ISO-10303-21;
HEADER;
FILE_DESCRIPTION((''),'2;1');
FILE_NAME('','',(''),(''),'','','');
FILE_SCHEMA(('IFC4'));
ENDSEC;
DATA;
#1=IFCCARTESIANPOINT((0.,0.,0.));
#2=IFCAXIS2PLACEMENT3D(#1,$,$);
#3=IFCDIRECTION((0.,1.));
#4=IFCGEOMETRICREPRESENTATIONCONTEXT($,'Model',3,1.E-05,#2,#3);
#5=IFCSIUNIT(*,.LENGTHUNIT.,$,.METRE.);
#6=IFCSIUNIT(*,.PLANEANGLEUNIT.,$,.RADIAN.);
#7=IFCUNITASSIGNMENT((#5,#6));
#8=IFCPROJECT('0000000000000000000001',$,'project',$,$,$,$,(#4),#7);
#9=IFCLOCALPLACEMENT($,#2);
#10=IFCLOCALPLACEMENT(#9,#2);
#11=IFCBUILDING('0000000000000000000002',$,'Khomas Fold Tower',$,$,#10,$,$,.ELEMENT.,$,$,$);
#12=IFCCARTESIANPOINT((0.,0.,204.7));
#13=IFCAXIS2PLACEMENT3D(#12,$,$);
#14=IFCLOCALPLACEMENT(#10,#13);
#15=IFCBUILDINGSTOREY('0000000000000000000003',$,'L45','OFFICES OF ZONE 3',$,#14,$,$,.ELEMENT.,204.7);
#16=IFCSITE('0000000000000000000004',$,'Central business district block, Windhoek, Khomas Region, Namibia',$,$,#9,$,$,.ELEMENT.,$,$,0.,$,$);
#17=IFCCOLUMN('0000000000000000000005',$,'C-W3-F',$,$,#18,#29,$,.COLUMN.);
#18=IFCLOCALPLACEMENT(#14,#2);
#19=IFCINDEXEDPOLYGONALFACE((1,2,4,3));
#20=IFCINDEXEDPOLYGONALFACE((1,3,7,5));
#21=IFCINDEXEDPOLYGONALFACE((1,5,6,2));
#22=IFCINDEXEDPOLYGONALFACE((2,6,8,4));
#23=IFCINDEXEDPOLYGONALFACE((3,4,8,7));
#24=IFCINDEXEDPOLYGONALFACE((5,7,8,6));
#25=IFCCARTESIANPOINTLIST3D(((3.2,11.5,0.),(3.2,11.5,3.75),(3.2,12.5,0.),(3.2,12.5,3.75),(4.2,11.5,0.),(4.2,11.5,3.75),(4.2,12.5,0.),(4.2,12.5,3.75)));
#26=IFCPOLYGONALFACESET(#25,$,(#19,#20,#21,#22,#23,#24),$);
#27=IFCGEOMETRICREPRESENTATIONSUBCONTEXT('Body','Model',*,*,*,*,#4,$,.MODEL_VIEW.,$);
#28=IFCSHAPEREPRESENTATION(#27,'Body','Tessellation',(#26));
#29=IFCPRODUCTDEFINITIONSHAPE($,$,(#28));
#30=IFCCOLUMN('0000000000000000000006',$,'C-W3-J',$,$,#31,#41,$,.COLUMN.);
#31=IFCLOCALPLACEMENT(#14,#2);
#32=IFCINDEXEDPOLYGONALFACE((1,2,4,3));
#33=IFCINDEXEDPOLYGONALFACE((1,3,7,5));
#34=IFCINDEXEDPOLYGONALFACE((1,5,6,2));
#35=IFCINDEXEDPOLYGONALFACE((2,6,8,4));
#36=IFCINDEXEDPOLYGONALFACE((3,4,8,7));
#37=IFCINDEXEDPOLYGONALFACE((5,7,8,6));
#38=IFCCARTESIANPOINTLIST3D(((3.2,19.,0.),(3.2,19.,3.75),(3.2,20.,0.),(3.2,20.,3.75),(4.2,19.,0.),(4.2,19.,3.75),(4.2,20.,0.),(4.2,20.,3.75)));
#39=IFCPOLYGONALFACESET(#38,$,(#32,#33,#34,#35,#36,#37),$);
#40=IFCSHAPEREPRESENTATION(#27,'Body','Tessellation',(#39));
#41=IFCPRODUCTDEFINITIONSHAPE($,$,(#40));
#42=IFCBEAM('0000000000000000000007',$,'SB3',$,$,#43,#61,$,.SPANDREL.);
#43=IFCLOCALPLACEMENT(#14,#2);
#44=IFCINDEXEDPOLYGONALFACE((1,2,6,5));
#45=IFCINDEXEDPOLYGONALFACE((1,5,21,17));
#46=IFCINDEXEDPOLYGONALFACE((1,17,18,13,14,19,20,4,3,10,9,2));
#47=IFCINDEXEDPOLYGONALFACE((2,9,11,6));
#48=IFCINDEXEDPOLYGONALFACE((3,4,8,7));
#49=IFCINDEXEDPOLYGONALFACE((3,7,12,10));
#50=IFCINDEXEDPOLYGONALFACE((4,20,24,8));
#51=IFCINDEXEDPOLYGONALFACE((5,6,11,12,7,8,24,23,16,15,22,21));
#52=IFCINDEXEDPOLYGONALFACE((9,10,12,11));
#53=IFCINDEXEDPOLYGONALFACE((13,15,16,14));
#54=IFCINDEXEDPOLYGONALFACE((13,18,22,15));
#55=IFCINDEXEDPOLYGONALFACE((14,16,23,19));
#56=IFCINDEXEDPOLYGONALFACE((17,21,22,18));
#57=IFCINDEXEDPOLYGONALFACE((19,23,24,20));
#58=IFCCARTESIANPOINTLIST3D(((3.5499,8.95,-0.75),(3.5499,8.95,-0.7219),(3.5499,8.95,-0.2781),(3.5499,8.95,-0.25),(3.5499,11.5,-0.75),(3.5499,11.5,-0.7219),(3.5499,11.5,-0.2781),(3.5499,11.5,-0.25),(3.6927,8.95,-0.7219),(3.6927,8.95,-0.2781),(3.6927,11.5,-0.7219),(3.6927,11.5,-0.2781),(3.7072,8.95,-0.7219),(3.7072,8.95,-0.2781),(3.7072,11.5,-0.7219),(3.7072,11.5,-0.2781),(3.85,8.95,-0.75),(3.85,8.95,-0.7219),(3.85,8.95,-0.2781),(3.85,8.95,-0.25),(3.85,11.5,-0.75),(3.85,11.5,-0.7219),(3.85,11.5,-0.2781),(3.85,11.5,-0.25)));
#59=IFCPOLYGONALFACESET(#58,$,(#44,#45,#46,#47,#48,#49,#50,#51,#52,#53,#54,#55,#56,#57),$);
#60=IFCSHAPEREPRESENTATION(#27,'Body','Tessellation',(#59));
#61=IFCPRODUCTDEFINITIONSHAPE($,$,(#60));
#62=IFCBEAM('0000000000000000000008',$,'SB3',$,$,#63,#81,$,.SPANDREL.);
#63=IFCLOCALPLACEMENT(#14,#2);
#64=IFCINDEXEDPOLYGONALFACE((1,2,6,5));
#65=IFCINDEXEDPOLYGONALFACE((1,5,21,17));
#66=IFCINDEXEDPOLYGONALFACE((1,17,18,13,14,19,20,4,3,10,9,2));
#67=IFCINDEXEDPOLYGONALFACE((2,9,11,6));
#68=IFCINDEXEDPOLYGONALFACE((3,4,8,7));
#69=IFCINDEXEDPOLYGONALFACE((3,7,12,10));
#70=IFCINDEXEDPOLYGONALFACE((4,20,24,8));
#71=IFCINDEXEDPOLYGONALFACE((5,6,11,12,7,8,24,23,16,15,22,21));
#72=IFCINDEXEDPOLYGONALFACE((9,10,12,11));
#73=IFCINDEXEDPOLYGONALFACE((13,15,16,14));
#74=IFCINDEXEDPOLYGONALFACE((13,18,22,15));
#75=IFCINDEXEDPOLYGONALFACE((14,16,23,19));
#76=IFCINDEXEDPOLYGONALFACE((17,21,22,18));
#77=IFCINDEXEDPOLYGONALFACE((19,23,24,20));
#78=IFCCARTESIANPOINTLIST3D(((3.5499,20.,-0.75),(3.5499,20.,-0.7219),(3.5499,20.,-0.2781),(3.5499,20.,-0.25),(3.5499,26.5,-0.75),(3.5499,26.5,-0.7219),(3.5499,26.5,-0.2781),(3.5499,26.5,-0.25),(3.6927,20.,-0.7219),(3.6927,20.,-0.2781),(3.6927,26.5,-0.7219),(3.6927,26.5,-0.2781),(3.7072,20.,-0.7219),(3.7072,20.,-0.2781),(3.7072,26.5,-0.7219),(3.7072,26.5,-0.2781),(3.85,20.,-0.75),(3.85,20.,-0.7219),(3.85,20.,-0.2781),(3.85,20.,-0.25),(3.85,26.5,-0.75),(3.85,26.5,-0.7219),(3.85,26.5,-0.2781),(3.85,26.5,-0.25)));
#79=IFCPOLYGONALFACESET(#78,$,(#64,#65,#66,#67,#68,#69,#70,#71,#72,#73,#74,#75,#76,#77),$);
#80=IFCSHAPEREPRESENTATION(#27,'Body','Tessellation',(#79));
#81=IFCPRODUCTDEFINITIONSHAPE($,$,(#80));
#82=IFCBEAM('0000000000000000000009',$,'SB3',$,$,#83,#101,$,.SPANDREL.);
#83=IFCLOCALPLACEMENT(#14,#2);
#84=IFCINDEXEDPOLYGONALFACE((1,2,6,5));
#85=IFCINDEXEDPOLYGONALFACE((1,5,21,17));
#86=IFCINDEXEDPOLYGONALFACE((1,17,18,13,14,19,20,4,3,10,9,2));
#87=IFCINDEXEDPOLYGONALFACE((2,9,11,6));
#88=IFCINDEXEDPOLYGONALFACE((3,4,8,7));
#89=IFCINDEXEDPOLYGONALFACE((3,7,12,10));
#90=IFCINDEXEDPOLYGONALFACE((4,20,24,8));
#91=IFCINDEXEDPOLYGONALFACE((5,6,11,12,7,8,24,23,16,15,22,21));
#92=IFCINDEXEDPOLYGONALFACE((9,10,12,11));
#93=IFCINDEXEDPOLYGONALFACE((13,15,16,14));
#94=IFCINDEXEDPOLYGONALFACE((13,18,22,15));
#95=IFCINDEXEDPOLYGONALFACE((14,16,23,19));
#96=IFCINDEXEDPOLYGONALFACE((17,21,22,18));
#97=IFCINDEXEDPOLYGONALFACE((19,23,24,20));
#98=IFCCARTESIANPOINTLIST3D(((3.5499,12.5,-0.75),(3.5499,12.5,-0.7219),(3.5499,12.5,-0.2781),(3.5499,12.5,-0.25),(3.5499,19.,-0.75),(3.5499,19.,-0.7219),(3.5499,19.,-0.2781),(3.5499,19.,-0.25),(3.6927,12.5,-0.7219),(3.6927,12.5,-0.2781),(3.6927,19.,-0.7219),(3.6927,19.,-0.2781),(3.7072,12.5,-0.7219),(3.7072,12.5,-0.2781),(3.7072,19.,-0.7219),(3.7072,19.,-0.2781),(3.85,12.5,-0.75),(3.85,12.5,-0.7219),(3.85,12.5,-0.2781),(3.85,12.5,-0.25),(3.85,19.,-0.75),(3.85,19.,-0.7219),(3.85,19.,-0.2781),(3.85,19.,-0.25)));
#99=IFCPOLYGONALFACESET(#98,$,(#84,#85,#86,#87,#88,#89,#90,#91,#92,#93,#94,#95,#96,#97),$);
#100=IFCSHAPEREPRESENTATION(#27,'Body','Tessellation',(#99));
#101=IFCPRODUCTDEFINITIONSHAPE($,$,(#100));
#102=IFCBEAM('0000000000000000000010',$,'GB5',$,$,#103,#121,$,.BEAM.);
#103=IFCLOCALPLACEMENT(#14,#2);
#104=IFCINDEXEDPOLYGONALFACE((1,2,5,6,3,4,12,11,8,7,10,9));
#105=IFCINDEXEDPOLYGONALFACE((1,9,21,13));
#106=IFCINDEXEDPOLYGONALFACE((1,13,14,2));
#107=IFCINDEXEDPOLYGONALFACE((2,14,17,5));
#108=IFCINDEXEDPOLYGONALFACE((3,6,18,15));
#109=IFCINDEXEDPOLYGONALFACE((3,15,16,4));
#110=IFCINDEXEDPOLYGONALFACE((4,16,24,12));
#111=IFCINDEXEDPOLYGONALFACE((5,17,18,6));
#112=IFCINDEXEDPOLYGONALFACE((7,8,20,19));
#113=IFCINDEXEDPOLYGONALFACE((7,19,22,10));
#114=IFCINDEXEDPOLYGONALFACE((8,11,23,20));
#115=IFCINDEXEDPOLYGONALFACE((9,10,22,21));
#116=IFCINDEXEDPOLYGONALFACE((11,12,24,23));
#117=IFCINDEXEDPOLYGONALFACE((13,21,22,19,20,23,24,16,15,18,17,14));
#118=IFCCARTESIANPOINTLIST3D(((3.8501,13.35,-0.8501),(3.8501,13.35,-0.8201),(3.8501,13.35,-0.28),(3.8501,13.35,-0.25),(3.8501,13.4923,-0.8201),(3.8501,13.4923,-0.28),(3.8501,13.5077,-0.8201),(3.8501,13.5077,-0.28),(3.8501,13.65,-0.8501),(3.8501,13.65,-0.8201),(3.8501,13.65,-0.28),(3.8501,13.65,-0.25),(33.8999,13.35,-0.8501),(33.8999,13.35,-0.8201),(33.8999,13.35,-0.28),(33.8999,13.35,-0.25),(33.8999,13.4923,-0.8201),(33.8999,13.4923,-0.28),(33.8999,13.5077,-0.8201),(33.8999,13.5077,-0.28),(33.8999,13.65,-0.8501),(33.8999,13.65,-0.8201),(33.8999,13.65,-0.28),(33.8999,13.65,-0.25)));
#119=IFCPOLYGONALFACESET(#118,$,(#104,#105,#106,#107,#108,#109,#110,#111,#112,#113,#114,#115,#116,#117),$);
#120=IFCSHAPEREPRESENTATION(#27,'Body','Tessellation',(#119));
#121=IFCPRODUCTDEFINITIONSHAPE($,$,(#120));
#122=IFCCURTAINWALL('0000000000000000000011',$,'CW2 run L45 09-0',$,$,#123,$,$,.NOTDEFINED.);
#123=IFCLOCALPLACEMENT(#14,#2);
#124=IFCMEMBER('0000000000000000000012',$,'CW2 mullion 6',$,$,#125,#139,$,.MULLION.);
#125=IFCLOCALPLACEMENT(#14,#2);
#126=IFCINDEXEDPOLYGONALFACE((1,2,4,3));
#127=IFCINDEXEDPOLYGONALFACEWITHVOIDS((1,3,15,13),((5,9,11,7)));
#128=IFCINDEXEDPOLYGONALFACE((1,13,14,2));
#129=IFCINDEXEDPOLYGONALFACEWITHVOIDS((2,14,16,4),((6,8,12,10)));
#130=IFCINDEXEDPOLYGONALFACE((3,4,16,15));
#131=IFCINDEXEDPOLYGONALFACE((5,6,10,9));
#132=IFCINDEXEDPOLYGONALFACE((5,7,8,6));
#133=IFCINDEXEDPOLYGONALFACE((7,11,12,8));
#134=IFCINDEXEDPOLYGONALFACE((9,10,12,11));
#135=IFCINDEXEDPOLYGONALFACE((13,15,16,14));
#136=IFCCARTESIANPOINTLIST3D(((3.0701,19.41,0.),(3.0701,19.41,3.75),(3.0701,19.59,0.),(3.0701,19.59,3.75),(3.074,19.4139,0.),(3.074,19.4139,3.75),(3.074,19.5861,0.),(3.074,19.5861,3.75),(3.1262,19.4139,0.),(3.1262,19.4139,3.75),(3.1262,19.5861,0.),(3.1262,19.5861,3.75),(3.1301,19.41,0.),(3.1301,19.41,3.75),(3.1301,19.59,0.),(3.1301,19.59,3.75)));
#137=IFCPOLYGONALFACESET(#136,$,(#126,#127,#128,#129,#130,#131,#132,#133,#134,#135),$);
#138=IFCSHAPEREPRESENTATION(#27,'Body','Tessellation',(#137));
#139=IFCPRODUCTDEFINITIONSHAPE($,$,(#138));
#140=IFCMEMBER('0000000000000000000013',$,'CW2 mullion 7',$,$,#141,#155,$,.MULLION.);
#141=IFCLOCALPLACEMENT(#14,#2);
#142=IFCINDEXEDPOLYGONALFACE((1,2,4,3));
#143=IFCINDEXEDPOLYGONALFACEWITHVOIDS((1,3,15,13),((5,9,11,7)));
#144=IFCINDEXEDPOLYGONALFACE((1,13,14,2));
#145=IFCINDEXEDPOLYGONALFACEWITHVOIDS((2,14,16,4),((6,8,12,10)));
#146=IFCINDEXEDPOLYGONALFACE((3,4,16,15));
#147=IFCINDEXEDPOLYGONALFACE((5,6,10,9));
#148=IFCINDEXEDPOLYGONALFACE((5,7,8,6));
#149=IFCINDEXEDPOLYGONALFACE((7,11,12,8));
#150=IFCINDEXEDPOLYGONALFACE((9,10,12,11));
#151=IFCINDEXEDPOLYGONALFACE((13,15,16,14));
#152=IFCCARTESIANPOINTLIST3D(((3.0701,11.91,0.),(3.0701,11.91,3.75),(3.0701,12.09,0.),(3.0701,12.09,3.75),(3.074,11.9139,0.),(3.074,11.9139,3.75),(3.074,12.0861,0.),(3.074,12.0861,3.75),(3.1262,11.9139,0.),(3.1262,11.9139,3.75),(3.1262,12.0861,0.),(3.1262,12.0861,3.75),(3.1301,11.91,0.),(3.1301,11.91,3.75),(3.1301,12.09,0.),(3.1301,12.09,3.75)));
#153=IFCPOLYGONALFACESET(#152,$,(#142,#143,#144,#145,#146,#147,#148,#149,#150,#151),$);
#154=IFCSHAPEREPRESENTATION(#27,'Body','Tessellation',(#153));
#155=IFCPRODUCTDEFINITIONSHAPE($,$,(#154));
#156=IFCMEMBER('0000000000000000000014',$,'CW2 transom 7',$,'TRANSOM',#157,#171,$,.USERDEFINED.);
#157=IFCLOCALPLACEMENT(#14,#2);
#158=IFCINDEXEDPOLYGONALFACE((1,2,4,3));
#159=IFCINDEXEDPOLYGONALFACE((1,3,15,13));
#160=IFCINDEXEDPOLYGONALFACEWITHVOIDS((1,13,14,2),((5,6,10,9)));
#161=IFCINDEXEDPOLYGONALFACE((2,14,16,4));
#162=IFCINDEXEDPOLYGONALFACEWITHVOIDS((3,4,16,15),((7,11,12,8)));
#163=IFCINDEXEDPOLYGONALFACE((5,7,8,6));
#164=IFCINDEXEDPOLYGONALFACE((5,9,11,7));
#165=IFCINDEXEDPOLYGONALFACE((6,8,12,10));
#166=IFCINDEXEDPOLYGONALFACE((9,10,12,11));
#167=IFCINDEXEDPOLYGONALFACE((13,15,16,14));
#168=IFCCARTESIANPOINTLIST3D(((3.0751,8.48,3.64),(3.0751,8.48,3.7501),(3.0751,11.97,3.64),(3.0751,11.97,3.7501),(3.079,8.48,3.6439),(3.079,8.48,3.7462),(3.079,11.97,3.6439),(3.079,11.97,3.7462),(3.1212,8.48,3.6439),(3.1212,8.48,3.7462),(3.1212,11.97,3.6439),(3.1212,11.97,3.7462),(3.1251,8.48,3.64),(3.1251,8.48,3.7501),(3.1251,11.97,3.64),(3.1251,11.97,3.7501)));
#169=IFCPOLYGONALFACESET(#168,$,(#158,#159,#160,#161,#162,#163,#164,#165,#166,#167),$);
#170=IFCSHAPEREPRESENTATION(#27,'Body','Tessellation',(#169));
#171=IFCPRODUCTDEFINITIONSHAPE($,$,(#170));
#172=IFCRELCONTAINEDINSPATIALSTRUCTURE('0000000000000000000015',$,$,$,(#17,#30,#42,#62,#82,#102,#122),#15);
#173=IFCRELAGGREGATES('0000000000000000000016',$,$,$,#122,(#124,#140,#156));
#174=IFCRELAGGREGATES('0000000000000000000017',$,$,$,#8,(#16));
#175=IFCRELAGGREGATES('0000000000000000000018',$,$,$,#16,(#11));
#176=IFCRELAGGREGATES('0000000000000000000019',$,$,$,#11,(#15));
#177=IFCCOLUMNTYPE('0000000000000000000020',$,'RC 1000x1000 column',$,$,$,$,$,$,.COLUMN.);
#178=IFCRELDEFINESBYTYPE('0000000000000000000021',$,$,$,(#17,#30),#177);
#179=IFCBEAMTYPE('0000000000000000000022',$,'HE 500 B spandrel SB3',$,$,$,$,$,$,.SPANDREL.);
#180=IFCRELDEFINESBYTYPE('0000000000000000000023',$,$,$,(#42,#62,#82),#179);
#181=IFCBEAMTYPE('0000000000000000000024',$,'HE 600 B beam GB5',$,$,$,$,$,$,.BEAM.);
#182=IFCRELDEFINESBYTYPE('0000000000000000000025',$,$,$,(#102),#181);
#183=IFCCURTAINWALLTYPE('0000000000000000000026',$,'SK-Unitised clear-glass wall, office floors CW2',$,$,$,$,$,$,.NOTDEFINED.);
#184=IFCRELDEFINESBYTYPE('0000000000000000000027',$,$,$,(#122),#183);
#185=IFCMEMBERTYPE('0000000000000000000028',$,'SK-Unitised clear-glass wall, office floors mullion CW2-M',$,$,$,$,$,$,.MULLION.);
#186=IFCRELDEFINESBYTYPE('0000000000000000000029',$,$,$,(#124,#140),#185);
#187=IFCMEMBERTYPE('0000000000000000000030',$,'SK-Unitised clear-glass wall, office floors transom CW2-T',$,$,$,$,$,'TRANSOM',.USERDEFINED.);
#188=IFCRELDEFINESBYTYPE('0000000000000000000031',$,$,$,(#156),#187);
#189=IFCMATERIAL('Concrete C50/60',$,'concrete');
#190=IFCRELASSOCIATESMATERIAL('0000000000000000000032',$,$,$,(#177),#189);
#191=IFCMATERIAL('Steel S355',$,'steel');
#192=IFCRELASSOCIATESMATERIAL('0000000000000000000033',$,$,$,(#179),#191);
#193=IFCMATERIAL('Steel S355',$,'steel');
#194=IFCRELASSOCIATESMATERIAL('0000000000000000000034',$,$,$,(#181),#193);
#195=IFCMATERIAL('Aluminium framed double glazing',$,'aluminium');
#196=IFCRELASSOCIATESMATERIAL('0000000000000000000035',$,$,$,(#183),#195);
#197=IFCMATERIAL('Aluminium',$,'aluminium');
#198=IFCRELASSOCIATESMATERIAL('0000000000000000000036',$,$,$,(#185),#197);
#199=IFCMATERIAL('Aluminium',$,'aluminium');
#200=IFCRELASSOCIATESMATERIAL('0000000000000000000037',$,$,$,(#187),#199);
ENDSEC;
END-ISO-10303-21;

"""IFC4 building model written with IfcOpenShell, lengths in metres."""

from ifc_helpers import new_model, si_unit, direction, frame, origin, origin_2d, place, context, subcontext, project, spatial, rectangle, hollow_rectangle, i_section, extrude, source, transform, mapped, material, material_profile, profile_set, type_object, element, aggregate, save


model = new_model("IFC4")

# Units and contexts
model_context = context("Model", 3, precision=1e-05, world=origin(), true_north=direction((0.0, 1.0)))
body_context = subcontext(model_context, "Body", "Model", "MODEL_VIEW")
ifc_project = project(units=[si_unit("LENGTHUNIT", "METRE"), si_unit("PLANEANGLEUNIT", "RADIAN")], contexts=[model_context])

# Site, building, storey
site_placement = place(None, origin())
site = spatial("IfcSite", under=ifc_project, at=site_placement, Name="Central business district block, Windhoek, Khomas Region, Namibia", CompositionType="ELEMENT", RefElevation=0.0)
building_placement = place(site_placement, origin())
building = spatial("IfcBuilding", under=site, at=building_placement, Name="Khomas Fold Tower", CompositionType="ELEMENT")
storey_placement = place(building_placement, frame((0.0, 0.0, 204.7)))
storey = spatial("IfcBuildingStorey", under=building, at=storey_placement, Name="L45", Description="OFFICES OF ZONE 3", CompositionType="ELEMENT", Elevation=204.7)

# Columns
ifc_material_1 = material(Name="Concrete C50/60", Category="concrete")
ifc_material_profile_1 = material_profile(ifc_material_1, rectangle(XDim=1.0, YDim=1.0, at=origin_2d()), Name="RC 1000x1000")
ifc_profile_set_1 = profile_set([ifc_material_profile_1], Name="Concrete C50/60")
column_type = type_object("IfcColumnType", Name="RC 1000x1000 column", PredefinedType="COLUMN", material=ifc_profile_set_1)
shared_shape_1 = source(origin(), body_context, "Body", "SweptSolid", [
    extrude(rectangle(XDim=1.0, YDim=1.0, at=origin_2d()), origin(), (0.0, 0.0, 1.0), 3.75),
])
for number, where, z_axis, x_axis, name in (
    (1, (3.7, 12.0, 0.0), (0.0, 0.0, 1.0), (1.0, 0.0, 0.0), "C-W3-F"),
    (2, (3.7, 19.5, 0.0), (0.0, 0.0, 1.0), (1.0, 0.0, 0.0), "C-W3-J"),
):
    element("IfcColumn", number, at=place(storey_placement, frame(where, z_axis=z_axis, x_axis=x_axis)), inside=storey, type_object=column_type, Name=name, PredefinedType="COLUMN", context=body_context, shape_type="MappedRepresentation", body=[
        mapped(shared_shape_1, transform((0.0, 0.0, 0.0))),
    ])

# Beams
ifc_material_2 = material(Name="Steel S355", Category="steel")
ifc_material_profile_2 = material_profile(ifc_material_2, i_section(OverallWidth=0.3, OverallDepth=0.5, WebThickness=0.0144, FlangeThickness=0.0281, at=origin_2d()), Name="HE 500 B")
ifc_profile_set_2 = profile_set([ifc_material_profile_2], Name="Steel S355")
beam_type_1 = type_object("IfcBeamType", Name="HE 500 B spandrel SB3", PredefinedType="SPANDREL", material=ifc_profile_set_2)
shared_shape_2 = source(origin(), body_context, "Body", "SweptSolid", [
    extrude(i_section(OverallWidth=0.3, OverallDepth=0.5, WebThickness=0.0144, FlangeThickness=0.0281, at=origin_2d()), origin(), (0.0, 0.0, 1.0), 2.55),
])
beam_1_placement = place(storey_placement, frame((3.7, 8.95, -0.5), z_axis=(0.0, 1.0, 0.0), x_axis=(-1.0, 0.0, 0.0)))
element("IfcBeam", 3, at=beam_1_placement, inside=storey, type_object=beam_type_1, Name="SB3", PredefinedType="SPANDREL", context=body_context, shape_type="MappedRepresentation", body=[
    mapped(shared_shape_2, transform((0.0, 0.0, 0.0))),
])
shared_shape_3 = source(origin(), body_context, "Body", "SweptSolid", [
    extrude(i_section(OverallWidth=0.3, OverallDepth=0.5, WebThickness=0.0144, FlangeThickness=0.0281, at=origin_2d()), origin(), (0.0, 0.0, 1.0), 6.5),
])
for number, where, z_axis, x_axis, name in (
    (4, (3.7, 20.0, -0.5), (0.0, 1.0, 0.0), (-1.0, 0.0, 0.0), "SB3"),
    (5, (3.7, 12.5, -0.5), (0.0, 1.0, 0.0), (-1.0, 0.0, 0.0), "SB3"),
):
    element("IfcBeam", number, at=place(storey_placement, frame(where, z_axis=z_axis, x_axis=x_axis)), inside=storey, type_object=beam_type_1, Name=name, PredefinedType="SPANDREL", context=body_context, shape_type="MappedRepresentation", body=[
        mapped(shared_shape_3, transform((0.0, 0.0, 0.0))),
    ])
ifc_material_3 = material(Name="Steel S355", Category="steel")
ifc_material_profile_3 = material_profile(ifc_material_3, i_section(OverallWidth=0.3, OverallDepth=0.6001, WebThickness=0.0154, FlangeThickness=0.03, at=origin_2d()), Name="HE 600 B")
ifc_profile_set_3 = profile_set([ifc_material_profile_3], Name="Steel S355")
beam_type_2 = type_object("IfcBeamType", Name="HE 600 B beam GB5", PredefinedType="BEAM", material=ifc_profile_set_3)
shared_shape_4 = source(origin(), body_context, "Body", "SweptSolid", [
    extrude(i_section(OverallWidth=0.3, OverallDepth=0.6001, WebThickness=0.0154, FlangeThickness=0.03, at=origin_2d()), origin(), (0.0, 0.0, 1.0), 30.0498),
])
beam_2_placement = place(storey_placement, frame((3.8501, 13.5, -0.55), z_axis=(1.0, 0.0, 0.0), x_axis=(0.0, 1.0, 0.0)))
element("IfcBeam", 6, at=beam_2_placement, inside=storey, type_object=beam_type_2, Name="GB5", PredefinedType="BEAM", context=body_context, shape_type="MappedRepresentation", body=[
    mapped(shared_shape_4, transform((0.0, 0.0, 0.0))),
])

# Curtain wall, members
ifc_material_4 = material(Name="Aluminium framed double glazing", Category="aluminium")
curtain_wall_type = type_object("IfcCurtainWallType", Name="SK-Unitised clear-glass wall, office floors CW2", PredefinedType="NOTDEFINED", material=ifc_material_4)
curtain_wall_placement = place(storey_placement, origin())
curtain_wall = element("IfcCurtainWall", 7, at=curtain_wall_placement, inside=storey, type_object=curtain_wall_type, Name="CW2 run L45 09-0", PredefinedType="NOTDEFINED")
ifc_material_5 = material(Name="Aluminium", Category="aluminium")
ifc_material_profile_4 = material_profile(ifc_material_5, hollow_rectangle(XDim=0.0601, YDim=0.1799, WallThickness=0.0039, at=origin_2d()), Name="SK-Unitised clear-glass wall, office floors mullion CW2-M")
ifc_profile_set_4 = profile_set([ifc_material_profile_4], Name="Aluminium")
member_type_1 = type_object("IfcMemberType", Name="SK-Unitised clear-glass wall, office floors mullion CW2-M", PredefinedType="MULLION", material=ifc_profile_set_4)
shared_shape_5 = source(origin(), body_context, "Body", "SweptSolid", [
    extrude(hollow_rectangle(XDim=0.0601, YDim=0.1799, WallThickness=0.0039, at=origin_2d()), origin(), (0.0, 0.0, 1.0), 3.75),
])
member_1_placement = place(storey_placement, frame((3.1001, 19.5, 0.0), z_axis=(0.0, 0.0, 1.0), x_axis=(1.0, 0.0, 0.0)))
member_1 = element("IfcMember", 8, at=member_1_placement, type_object=member_type_1, Name="CW2 mullion 6", PredefinedType="MULLION", context=body_context, shape_type="MappedRepresentation", body=[
    mapped(shared_shape_5, transform((0.0, 0.0, 0.0))),
])
member_2_placement = place(storey_placement, frame((3.1001, 12.0, 0.0), z_axis=(0.0, 0.0, 1.0), x_axis=(1.0, 0.0, 0.0)))
member_2 = element("IfcMember", 9, at=member_2_placement, type_object=member_type_1, Name="CW2 mullion 7", PredefinedType="MULLION", context=body_context, shape_type="MappedRepresentation", body=[
    mapped(shared_shape_5, transform((0.0, 0.0, 0.0))),
])
ifc_material_6 = material(Name="Aluminium", Category="aluminium")
ifc_material_profile_5 = material_profile(ifc_material_6, hollow_rectangle(XDim=0.05, YDim=0.1101, WallThickness=0.0039, at=origin_2d()), Name="SK-Unitised clear-glass wall, office floors transom CW2-T")
ifc_profile_set_5 = profile_set([ifc_material_profile_5], Name="Aluminium")
member_type_2 = type_object("IfcMemberType", Name="SK-Unitised clear-glass wall, office floors transom CW2-T", ElementType="TRANSOM", PredefinedType="USERDEFINED", material=ifc_profile_set_5)
shared_shape_6 = source(origin(), body_context, "Body", "SweptSolid", [
    extrude(hollow_rectangle(XDim=0.05, YDim=0.1101, WallThickness=0.0039, at=origin_2d()), origin(), (0.0, 0.0, 1.0), 3.49),
])
member_3_placement = place(storey_placement, frame((3.1001, 11.97, 3.6951), z_axis=(0.0, -1.0, 0.0), x_axis=(1.0, 0.0, 0.0)))
member_3 = element("IfcMember", 10, at=member_3_placement, type_object=member_type_2, Name="CW2 transom 7", ObjectType="TRANSOM", PredefinedType="USERDEFINED", context=body_context, shape_type="MappedRepresentation", body=[
    mapped(shared_shape_6, transform((0.0, 0.0, 0.0))),
])
aggregate(curtain_wall, [member_1, member_2, member_3])

save(model, "model.ifc")
